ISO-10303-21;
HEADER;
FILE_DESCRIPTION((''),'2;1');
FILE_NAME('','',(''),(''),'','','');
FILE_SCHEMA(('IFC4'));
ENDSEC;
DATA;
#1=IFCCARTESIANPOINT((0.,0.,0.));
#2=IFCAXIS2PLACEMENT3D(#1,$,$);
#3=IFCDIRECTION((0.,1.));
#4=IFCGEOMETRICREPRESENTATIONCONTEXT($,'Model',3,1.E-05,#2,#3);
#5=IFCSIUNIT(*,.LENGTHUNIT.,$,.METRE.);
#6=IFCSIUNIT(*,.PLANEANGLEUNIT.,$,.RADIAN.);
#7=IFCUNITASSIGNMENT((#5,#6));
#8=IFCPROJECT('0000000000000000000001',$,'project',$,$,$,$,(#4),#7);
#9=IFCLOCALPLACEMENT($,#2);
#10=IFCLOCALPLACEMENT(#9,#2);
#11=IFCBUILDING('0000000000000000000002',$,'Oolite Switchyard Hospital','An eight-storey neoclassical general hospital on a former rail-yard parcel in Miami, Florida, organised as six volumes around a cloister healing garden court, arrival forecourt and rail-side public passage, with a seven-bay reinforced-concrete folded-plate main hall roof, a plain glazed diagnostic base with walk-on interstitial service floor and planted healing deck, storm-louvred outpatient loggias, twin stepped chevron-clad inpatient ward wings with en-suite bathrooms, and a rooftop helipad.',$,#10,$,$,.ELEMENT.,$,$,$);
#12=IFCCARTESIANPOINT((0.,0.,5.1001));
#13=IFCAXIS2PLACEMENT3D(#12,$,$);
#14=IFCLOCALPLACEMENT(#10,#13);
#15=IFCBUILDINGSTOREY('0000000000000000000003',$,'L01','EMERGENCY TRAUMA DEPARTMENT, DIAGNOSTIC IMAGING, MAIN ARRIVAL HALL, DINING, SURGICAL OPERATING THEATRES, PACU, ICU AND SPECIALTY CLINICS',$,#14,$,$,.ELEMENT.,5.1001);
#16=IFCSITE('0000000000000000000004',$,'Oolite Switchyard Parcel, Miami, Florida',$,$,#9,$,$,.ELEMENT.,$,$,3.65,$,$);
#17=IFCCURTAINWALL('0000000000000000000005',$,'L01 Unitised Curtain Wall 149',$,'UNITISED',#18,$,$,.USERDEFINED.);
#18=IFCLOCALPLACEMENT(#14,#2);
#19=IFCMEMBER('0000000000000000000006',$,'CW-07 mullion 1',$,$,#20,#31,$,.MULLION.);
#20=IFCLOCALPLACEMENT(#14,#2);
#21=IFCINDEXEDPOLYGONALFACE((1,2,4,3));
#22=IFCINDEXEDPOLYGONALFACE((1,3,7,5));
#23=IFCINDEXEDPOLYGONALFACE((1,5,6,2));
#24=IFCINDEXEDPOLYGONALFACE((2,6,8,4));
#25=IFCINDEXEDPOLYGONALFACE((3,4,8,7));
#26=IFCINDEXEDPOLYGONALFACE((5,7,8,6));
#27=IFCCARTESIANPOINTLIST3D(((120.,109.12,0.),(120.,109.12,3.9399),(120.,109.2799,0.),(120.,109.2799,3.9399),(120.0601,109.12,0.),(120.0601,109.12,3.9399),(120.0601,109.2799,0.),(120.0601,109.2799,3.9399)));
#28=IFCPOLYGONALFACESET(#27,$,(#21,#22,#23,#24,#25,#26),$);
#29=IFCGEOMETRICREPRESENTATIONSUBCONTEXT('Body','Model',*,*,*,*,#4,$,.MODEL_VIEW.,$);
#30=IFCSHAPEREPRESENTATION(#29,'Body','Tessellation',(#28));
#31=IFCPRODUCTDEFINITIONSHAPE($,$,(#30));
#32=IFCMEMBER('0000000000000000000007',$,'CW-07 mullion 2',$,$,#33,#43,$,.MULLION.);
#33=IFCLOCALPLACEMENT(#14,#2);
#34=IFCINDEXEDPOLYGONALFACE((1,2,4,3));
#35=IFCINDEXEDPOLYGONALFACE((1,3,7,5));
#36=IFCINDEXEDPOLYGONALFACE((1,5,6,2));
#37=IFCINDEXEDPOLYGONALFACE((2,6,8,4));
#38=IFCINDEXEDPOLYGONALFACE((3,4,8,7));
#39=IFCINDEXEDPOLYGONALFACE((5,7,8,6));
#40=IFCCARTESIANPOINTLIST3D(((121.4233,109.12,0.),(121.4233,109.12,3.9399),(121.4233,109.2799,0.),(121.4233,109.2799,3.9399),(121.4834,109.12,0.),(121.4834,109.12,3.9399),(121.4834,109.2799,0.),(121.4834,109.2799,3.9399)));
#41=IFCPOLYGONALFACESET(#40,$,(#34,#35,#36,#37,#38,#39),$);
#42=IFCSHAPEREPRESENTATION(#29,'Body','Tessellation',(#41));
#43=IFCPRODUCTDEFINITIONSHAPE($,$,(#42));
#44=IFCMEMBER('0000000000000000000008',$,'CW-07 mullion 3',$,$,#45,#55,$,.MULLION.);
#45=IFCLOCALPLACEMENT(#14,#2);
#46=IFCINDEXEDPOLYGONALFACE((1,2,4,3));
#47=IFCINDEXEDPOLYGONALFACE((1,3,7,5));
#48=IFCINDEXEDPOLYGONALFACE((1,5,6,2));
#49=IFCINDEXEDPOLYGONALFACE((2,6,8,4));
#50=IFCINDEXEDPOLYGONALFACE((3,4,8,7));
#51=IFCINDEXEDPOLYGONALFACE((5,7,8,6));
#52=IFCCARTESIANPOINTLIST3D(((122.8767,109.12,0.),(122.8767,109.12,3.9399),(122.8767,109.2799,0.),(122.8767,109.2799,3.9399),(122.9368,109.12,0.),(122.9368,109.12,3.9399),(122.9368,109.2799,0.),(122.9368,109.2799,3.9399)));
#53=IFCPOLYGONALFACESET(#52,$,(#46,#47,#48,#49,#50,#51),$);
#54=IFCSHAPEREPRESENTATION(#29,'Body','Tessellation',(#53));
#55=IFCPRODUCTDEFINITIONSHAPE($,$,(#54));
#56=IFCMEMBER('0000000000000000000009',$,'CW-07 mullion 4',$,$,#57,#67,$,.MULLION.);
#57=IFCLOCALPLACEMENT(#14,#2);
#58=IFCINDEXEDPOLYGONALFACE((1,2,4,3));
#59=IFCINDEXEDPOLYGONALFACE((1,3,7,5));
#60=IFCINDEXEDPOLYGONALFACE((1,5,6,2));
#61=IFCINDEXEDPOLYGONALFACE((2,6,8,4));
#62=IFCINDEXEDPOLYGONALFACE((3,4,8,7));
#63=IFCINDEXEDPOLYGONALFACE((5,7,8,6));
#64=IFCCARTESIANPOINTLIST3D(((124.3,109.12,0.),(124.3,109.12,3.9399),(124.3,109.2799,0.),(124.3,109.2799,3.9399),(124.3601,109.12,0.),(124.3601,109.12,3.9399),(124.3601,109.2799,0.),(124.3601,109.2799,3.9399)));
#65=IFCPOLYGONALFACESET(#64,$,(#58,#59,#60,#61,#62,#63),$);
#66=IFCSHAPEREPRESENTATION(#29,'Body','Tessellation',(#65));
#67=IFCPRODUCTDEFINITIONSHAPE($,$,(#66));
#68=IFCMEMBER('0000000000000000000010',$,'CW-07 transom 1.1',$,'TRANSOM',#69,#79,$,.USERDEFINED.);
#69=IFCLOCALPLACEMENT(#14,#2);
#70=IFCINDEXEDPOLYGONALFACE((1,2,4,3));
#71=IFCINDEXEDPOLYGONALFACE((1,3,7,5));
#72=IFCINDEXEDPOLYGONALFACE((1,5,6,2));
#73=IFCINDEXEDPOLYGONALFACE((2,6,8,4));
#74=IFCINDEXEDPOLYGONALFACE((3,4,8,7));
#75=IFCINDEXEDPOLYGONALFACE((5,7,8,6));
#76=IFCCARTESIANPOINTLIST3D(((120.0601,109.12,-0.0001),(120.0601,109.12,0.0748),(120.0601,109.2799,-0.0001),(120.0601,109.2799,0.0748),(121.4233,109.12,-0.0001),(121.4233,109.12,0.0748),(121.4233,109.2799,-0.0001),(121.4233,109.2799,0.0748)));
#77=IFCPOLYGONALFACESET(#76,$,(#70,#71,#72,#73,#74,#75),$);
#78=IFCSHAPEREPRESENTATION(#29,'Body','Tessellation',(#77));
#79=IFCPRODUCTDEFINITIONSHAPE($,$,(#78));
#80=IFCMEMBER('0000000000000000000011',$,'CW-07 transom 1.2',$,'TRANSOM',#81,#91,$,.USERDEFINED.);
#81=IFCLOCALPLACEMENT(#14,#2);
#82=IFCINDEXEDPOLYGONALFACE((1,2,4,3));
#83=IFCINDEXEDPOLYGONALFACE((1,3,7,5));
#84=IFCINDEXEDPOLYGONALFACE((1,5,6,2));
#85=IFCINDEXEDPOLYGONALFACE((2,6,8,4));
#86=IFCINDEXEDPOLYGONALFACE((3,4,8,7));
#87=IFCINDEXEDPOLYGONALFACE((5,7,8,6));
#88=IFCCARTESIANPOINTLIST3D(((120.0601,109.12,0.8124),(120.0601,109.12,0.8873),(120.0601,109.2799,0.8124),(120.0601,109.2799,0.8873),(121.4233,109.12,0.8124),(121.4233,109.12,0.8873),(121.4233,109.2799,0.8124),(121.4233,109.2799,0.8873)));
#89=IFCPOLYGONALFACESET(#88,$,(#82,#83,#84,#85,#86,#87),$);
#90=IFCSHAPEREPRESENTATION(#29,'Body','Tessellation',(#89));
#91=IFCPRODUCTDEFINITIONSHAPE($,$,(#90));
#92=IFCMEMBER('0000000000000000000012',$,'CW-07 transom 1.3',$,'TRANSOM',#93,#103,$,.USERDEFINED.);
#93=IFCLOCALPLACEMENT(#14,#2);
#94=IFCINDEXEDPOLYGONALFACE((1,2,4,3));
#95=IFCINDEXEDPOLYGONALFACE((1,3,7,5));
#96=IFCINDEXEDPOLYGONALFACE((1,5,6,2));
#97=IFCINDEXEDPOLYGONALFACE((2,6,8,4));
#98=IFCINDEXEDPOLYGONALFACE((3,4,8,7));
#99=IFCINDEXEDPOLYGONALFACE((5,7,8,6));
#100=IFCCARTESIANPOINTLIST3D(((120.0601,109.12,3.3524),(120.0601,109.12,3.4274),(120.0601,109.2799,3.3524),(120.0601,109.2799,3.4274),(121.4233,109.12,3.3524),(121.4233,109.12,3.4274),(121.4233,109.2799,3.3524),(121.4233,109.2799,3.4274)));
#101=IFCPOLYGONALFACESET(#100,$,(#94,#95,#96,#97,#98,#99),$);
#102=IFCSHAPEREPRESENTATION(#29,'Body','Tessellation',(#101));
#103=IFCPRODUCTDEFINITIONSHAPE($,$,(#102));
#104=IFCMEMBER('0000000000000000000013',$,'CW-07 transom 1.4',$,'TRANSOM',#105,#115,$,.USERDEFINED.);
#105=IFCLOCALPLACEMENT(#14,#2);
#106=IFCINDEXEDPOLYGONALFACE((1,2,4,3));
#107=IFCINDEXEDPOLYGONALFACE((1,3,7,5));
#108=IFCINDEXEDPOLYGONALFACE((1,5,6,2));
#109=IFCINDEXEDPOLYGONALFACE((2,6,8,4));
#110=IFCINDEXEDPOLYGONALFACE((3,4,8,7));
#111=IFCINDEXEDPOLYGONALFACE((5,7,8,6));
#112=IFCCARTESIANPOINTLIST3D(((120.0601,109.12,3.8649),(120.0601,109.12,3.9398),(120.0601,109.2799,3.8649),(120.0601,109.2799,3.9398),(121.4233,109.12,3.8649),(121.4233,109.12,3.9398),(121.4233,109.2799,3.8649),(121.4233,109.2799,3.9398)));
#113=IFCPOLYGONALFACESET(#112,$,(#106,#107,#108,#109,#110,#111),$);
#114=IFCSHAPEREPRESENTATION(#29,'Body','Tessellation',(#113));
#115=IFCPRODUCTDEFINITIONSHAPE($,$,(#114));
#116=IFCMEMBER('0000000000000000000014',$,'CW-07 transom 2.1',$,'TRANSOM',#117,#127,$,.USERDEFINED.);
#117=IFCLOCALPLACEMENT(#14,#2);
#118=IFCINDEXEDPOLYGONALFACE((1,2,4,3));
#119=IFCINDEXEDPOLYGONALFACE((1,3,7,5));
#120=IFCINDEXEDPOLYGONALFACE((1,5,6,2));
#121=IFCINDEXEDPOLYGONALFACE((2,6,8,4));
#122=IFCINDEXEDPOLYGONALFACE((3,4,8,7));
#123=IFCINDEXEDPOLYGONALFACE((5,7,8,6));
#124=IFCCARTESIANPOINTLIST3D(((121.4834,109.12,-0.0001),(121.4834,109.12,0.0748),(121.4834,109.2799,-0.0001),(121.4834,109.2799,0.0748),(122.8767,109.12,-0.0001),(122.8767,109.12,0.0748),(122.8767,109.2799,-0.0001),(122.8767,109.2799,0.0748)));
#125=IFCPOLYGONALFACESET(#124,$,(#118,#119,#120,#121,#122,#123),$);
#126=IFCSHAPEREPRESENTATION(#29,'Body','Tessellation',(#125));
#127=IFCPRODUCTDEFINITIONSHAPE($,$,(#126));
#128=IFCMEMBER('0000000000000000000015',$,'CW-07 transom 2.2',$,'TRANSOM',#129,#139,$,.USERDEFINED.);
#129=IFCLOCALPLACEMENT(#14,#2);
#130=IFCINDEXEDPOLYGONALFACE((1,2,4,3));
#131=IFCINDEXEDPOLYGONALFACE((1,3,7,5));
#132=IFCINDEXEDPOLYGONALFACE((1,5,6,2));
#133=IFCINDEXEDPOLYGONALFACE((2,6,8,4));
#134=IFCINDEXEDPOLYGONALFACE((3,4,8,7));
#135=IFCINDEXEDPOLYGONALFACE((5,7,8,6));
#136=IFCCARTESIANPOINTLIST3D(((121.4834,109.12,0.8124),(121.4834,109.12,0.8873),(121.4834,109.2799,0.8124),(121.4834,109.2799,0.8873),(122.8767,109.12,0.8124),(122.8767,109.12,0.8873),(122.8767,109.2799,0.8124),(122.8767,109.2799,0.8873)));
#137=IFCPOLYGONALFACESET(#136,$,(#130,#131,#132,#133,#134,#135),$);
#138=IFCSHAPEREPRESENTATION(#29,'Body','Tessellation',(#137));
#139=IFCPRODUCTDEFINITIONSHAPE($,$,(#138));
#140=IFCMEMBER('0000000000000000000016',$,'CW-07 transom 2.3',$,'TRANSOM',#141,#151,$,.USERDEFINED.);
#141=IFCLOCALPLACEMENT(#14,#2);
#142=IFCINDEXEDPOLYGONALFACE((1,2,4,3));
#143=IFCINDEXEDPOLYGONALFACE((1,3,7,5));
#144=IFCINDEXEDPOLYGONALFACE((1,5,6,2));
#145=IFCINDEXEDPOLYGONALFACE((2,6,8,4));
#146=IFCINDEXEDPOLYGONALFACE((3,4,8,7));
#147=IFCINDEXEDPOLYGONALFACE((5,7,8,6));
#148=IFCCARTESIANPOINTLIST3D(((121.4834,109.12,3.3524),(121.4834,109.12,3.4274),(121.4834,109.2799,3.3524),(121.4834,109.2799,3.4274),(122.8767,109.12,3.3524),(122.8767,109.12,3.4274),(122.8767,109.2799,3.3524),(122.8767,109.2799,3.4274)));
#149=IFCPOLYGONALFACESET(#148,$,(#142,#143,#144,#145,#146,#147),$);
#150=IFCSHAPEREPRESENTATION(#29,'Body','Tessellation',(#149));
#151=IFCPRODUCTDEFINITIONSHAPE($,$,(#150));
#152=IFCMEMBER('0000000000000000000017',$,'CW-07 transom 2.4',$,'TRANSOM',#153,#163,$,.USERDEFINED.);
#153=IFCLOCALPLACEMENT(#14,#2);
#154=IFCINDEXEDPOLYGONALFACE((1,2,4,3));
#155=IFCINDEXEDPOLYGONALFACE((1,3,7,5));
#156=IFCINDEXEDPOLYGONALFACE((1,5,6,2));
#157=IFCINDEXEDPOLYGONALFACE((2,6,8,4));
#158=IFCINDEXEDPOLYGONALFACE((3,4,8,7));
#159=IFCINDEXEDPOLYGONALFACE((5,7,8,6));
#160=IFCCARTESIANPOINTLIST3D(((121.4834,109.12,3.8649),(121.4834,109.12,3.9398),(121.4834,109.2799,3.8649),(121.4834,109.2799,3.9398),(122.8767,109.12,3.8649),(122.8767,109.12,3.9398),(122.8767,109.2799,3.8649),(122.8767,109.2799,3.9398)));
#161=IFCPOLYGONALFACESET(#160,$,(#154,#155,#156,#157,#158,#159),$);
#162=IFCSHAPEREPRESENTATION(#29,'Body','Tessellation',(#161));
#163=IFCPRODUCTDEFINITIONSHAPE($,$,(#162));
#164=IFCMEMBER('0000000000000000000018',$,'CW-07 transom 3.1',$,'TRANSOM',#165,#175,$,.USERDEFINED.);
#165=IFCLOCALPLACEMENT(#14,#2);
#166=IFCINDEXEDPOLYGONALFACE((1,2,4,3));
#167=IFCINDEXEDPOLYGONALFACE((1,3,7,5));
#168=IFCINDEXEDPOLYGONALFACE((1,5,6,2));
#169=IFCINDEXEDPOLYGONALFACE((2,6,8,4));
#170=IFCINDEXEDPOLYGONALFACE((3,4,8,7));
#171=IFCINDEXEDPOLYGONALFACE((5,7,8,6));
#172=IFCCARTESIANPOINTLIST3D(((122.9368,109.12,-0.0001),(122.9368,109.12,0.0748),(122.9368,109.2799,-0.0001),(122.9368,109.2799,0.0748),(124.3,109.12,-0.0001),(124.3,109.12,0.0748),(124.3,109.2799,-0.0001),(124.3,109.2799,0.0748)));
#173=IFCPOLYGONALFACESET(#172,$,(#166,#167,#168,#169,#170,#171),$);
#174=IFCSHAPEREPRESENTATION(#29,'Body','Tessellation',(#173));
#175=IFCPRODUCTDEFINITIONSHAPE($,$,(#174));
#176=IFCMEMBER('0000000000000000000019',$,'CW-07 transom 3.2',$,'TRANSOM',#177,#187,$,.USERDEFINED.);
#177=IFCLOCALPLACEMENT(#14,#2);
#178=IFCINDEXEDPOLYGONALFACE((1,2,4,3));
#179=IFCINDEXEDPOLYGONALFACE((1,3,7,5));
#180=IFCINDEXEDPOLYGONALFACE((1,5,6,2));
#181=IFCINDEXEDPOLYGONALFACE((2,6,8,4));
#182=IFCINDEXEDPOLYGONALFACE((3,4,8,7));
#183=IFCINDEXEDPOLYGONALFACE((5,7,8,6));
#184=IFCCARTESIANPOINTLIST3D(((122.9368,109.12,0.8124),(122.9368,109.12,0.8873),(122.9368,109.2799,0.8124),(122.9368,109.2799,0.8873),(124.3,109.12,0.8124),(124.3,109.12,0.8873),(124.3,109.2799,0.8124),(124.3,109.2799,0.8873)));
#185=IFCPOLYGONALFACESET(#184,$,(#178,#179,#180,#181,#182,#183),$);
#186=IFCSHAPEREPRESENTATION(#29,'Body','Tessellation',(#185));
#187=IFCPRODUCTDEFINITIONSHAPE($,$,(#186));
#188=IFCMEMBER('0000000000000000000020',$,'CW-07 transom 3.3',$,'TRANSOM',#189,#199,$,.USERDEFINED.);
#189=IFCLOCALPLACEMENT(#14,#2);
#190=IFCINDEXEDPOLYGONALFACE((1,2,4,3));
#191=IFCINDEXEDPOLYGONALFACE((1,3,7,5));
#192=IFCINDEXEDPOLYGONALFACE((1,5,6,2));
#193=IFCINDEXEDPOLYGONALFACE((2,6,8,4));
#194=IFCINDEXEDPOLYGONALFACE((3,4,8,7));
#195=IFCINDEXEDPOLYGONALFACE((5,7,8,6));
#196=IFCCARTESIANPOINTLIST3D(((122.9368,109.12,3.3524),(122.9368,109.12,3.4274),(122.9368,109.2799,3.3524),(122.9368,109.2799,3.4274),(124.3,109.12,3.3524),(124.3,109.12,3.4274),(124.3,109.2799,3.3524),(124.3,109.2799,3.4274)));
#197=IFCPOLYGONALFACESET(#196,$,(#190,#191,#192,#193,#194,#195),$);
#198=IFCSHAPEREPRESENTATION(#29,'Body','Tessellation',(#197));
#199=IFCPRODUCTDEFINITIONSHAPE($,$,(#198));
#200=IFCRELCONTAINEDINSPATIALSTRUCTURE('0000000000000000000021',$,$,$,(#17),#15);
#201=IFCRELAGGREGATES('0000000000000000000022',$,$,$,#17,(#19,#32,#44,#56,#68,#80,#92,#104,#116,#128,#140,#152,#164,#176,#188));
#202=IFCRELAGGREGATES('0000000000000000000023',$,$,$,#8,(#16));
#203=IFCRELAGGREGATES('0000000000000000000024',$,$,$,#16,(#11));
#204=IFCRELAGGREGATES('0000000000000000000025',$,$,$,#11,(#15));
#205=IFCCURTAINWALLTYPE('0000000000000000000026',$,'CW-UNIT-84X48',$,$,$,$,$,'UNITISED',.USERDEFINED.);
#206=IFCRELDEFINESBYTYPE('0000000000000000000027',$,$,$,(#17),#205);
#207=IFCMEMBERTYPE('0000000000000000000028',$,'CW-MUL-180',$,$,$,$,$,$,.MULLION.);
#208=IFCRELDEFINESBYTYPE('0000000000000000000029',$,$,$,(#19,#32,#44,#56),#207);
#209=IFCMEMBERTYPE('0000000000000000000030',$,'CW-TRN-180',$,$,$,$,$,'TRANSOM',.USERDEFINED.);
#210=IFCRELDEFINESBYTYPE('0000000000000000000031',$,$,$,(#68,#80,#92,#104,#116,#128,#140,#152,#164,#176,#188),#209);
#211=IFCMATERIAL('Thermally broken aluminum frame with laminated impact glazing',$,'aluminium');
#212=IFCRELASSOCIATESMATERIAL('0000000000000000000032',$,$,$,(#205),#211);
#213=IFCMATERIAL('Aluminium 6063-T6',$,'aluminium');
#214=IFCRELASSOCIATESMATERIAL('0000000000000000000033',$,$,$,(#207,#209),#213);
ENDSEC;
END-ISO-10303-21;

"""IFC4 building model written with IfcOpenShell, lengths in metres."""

from ifc_helpers import new_model, si_unit, direction, frame, origin, origin_2d, place, context, subcontext, project, spatial, rectangle, extrude, material, material_profile, profile_set, type_object, element, aggregate, save


model = new_model("IFC4")

# Units and contexts
model_context = context("Model", 3, precision=1e-05, world=origin(), true_north=direction((0.0, 1.0)))
body_context = subcontext(model_context, "Body", "Model", "MODEL_VIEW")
ifc_project = project(units=[si_unit("LENGTHUNIT", "METRE"), si_unit("PLANEANGLEUNIT", "RADIAN")], contexts=[model_context])

# Site, building, storey
site_placement = place(None, origin())
site = spatial("IfcSite", under=ifc_project, at=site_placement, Name="Oolite Switchyard Parcel, Miami, Florida", CompositionType="ELEMENT", RefElevation=3.65)
building_placement = place(site_placement, origin())
building = spatial("IfcBuilding", under=site, at=building_placement, Name="Oolite Switchyard Hospital", Description="An eight-storey neoclassical general hospital on a former rail-yard parcel in Miami, Florida, organised as six volumes around a cloister healing garden court, arrival forecourt and rail-side public passage, with a seven-bay reinforced-concrete folded-plate main hall roof, a plain glazed diagnostic base with walk-on interstitial service floor and planted healing deck, storm-louvred outpatient loggias, twin stepped chevron-clad inpatient ward wings with en-suite bathrooms, and a rooftop helipad.", CompositionType="ELEMENT")
storey_placement = place(building_placement, frame((0.0, 0.0, 5.1001)))
storey = spatial("IfcBuildingStorey", under=building, at=storey_placement, Name="L01", Description="EMERGENCY TRAUMA DEPARTMENT, DIAGNOSTIC IMAGING, MAIN ARRIVAL HALL, DINING, SURGICAL OPERATING THEATRES, PACU, ICU AND SPECIALTY CLINICS", CompositionType="ELEMENT", Elevation=5.1001)

# Curtain wall, members
ifc_material_1 = material(Name="Thermally broken aluminum frame with laminated impact glazing", Category="aluminium")
curtain_wall_type = type_object("IfcCurtainWallType", Name="CW-UNIT-84X48", ElementType="UNITISED", PredefinedType="USERDEFINED", material=ifc_material_1)
curtain_wall_placement = place(storey_placement, origin())
curtain_wall = element("IfcCurtainWall", 1, at=curtain_wall_placement, inside=storey, type_object=curtain_wall_type, Name="L01 Unitised Curtain Wall 149", ObjectType="UNITISED", PredefinedType="USERDEFINED")
ifc_material_2 = material(Name="Aluminium 6063-T6", Category="aluminium")
ifc_material_profile_1 = material_profile(ifc_material_2, rectangle(XDim=0.1599, YDim=0.0601, at=origin_2d()), Name="CWM60X160")
ifc_profile_set_1 = profile_set([ifc_material_profile_1], Name="Aluminium 6063-T6")
member_type_1 = type_object("IfcMemberType", Name="CW-MUL-180", PredefinedType="MULLION", material=ifc_profile_set_1)
member_1_placement = place(storey_placement, frame((120.03, 109.2, 0.0), z_axis=(0.0, 0.0, 1.0), x_axis=(0.0, 1.0, 0.0)))
member_1 = element("IfcMember", 2, at=member_1_placement, type_object=member_type_1, Name="CW-07 mullion 1", PredefinedType="MULLION", context=body_context, shape_type="SweptSolid", body=[
    extrude(rectangle(XDim=0.1599, YDim=0.0601, at=origin_2d()), origin(), (0.0, 0.0, 1.0), 3.9399),
])
member_2_placement = place(storey_placement, frame((121.4534, 109.2, 0.0), z_axis=(0.0, 0.0, 1.0), x_axis=(0.0, 1.0, 0.0)))
member_2 = element("IfcMember", 3, at=member_2_placement, type_object=member_type_1, Name="CW-07 mullion 2", PredefinedType="MULLION", context=body_context, shape_type="SweptSolid", body=[
    extrude(rectangle(XDim=0.1599, YDim=0.0601, at=origin_2d()), origin(), (0.0, 0.0, 1.0), 3.9399),
])
member_3_placement = place(storey_placement, frame((122.9067, 109.2, 0.0), z_axis=(0.0, 0.0, 1.0), x_axis=(0.0, 1.0, 0.0)))
member_3 = element("IfcMember", 4, at=member_3_placement, type_object=member_type_1, Name="CW-07 mullion 3", PredefinedType="MULLION", context=body_context, shape_type="SweptSolid", body=[
    extrude(rectangle(XDim=0.1599, YDim=0.0601, at=origin_2d()), origin(), (0.0, 0.0, 1.0), 3.9399),
])
member_4_placement = place(storey_placement, frame((124.3301, 109.2, 0.0), z_axis=(0.0, 0.0, 1.0), x_axis=(0.0, 1.0, 0.0)))
member_4 = element("IfcMember", 5, at=member_4_placement, type_object=member_type_1, Name="CW-07 mullion 4", PredefinedType="MULLION", context=body_context, shape_type="SweptSolid", body=[
    extrude(rectangle(XDim=0.1599, YDim=0.0601, at=origin_2d()), origin(), (0.0, 0.0, 1.0), 3.9399),
])
ifc_material_profile_2 = material_profile(ifc_material_2, rectangle(XDim=0.1599, YDim=0.075, at=origin_2d()), Name="CWT75X160")
ifc_profile_set_2 = profile_set([ifc_material_profile_2], Name="Aluminium 6063-T6")
member_type_2 = type_object("IfcMemberType", Name="CW-TRN-180", ElementType="TRANSOM", PredefinedType="USERDEFINED", material=ifc_profile_set_2)
member_5_placement = place(storey_placement, frame((120.0601, 109.2, 0.0374), z_axis=(1.0, 0.0, 0.0), x_axis=(0.0, 1.0, 0.0)))
member_5 = element("IfcMember", 6, at=member_5_placement, type_object=member_type_2, Name="CW-07 transom 1.1", ObjectType="TRANSOM", PredefinedType="USERDEFINED", context=body_context, shape_type="SweptSolid", body=[
    extrude(rectangle(XDim=0.1599, YDim=0.075, at=origin_2d()), origin(), (0.0, 0.0, 1.0), 1.3633),
])
member_6_placement = place(storey_placement, frame((120.0601, 109.2, 0.8499), z_axis=(1.0, 0.0, 0.0), x_axis=(0.0, 1.0, 0.0)))
member_6 = element("IfcMember", 7, at=member_6_placement, type_object=member_type_2, Name="CW-07 transom 1.2", ObjectType="TRANSOM", PredefinedType="USERDEFINED", context=body_context, shape_type="SweptSolid", body=[
    extrude(rectangle(XDim=0.1599, YDim=0.075, at=origin_2d()), origin(), (0.0, 0.0, 1.0), 1.3633),
])
member_7_placement = place(storey_placement, frame((120.0601, 109.2, 3.3899), z_axis=(1.0, 0.0, 0.0), x_axis=(0.0, 1.0, 0.0)))
member_7 = element("IfcMember", 8, at=member_7_placement, type_object=member_type_2, Name="CW-07 transom 1.3", ObjectType="TRANSOM", PredefinedType="USERDEFINED", context=body_context, shape_type="SweptSolid", body=[
    extrude(rectangle(XDim=0.1599, YDim=0.075, at=origin_2d()), origin(), (0.0, 0.0, 1.0), 1.3633),
])
member_8_placement = place(storey_placement, frame((120.0601, 109.2, 3.9023), z_axis=(1.0, 0.0, 0.0), x_axis=(0.0, 1.0, 0.0)))
member_8 = element("IfcMember", 9, at=member_8_placement, type_object=member_type_2, Name="CW-07 transom 1.4", ObjectType="TRANSOM", PredefinedType="USERDEFINED", context=body_context, shape_type="SweptSolid", body=[
    extrude(rectangle(XDim=0.1599, YDim=0.075, at=origin_2d()), origin(), (0.0, 0.0, 1.0), 1.3633),
])
member_9_placement = place(storey_placement, frame((121.4834, 109.2, 0.0374), z_axis=(1.0, 0.0, 0.0), x_axis=(0.0, 1.0, 0.0)))
member_9 = element("IfcMember", 10, at=member_9_placement, type_object=member_type_2, Name="CW-07 transom 2.1", ObjectType="TRANSOM", PredefinedType="USERDEFINED", context=body_context, shape_type="SweptSolid", body=[
    extrude(rectangle(XDim=0.1599, YDim=0.075, at=origin_2d()), origin(), (0.0, 0.0, 1.0), 1.3933),
])
member_10_placement = place(storey_placement, frame((121.4834, 109.2, 0.8499), z_axis=(1.0, 0.0, 0.0), x_axis=(0.0, 1.0, 0.0)))
member_10 = element("IfcMember", 11, at=member_10_placement, type_object=member_type_2, Name="CW-07 transom 2.2", ObjectType="TRANSOM", PredefinedType="USERDEFINED", context=body_context, shape_type="SweptSolid", body=[
    extrude(rectangle(XDim=0.1599, YDim=0.075, at=origin_2d()), origin(), (0.0, 0.0, 1.0), 1.3933),
])
member_11_placement = place(storey_placement, frame((121.4834, 109.2, 3.3899), z_axis=(1.0, 0.0, 0.0), x_axis=(0.0, 1.0, 0.0)))
member_11 = element("IfcMember", 12, at=member_11_placement, type_object=member_type_2, Name="CW-07 transom 2.3", ObjectType="TRANSOM", PredefinedType="USERDEFINED", context=body_context, shape_type="SweptSolid", body=[
    extrude(rectangle(XDim=0.1599, YDim=0.075, at=origin_2d()), origin(), (0.0, 0.0, 1.0), 1.3933),
])
member_12_placement = place(storey_placement, frame((121.4834, 109.2, 3.9023), z_axis=(1.0, 0.0, 0.0), x_axis=(0.0, 1.0, 0.0)))
member_12 = element("IfcMember", 13, at=member_12_placement, type_object=member_type_2, Name="CW-07 transom 2.4", ObjectType="TRANSOM", PredefinedType="USERDEFINED", context=body_context, shape_type="SweptSolid", body=[
    extrude(rectangle(XDim=0.1599, YDim=0.075, at=origin_2d()), origin(), (0.0, 0.0, 1.0), 1.3933),
])
member_13_placement = place(storey_placement, frame((122.9368, 109.2, 0.0374), z_axis=(1.0, 0.0, 0.0), x_axis=(0.0, 1.0, 0.0)))
member_13 = element("IfcMember", 14, at=member_13_placement, type_object=member_type_2, Name="CW-07 transom 3.1", ObjectType="TRANSOM", PredefinedType="USERDEFINED", context=body_context, shape_type="SweptSolid", body=[
    extrude(rectangle(XDim=0.1599, YDim=0.075, at=origin_2d()), origin(), (0.0, 0.0, 1.0), 1.3633),
])
member_14_placement = place(storey_placement, frame((122.9368, 109.2, 0.8499), z_axis=(1.0, 0.0, 0.0), x_axis=(0.0, 1.0, 0.0)))
member_14 = element("IfcMember", 15, at=member_14_placement, type_object=member_type_2, Name="CW-07 transom 3.2", ObjectType="TRANSOM", PredefinedType="USERDEFINED", context=body_context, shape_type="SweptSolid", body=[
    extrude(rectangle(XDim=0.1599, YDim=0.075, at=origin_2d()), origin(), (0.0, 0.0, 1.0), 1.3633),
])
member_15_placement = place(storey_placement, frame((122.9368, 109.2, 3.3899), z_axis=(1.0, 0.0, 0.0), x_axis=(0.0, 1.0, 0.0)))
member_15 = element("IfcMember", 16, at=member_15_placement, type_object=member_type_2, Name="CW-07 transom 3.3", ObjectType="TRANSOM", PredefinedType="USERDEFINED", context=body_context, shape_type="SweptSolid", body=[
    extrude(rectangle(XDim=0.1599, YDim=0.075, at=origin_2d()), origin(), (0.0, 0.0, 1.0), 1.3633),
])
aggregate(curtain_wall, [member_1, member_2, member_3, member_4, member_5, member_6, member_7, member_8, member_9, member_10, member_11, member_12, member_13, member_14, member_15])

save(model, "model.ifc")
